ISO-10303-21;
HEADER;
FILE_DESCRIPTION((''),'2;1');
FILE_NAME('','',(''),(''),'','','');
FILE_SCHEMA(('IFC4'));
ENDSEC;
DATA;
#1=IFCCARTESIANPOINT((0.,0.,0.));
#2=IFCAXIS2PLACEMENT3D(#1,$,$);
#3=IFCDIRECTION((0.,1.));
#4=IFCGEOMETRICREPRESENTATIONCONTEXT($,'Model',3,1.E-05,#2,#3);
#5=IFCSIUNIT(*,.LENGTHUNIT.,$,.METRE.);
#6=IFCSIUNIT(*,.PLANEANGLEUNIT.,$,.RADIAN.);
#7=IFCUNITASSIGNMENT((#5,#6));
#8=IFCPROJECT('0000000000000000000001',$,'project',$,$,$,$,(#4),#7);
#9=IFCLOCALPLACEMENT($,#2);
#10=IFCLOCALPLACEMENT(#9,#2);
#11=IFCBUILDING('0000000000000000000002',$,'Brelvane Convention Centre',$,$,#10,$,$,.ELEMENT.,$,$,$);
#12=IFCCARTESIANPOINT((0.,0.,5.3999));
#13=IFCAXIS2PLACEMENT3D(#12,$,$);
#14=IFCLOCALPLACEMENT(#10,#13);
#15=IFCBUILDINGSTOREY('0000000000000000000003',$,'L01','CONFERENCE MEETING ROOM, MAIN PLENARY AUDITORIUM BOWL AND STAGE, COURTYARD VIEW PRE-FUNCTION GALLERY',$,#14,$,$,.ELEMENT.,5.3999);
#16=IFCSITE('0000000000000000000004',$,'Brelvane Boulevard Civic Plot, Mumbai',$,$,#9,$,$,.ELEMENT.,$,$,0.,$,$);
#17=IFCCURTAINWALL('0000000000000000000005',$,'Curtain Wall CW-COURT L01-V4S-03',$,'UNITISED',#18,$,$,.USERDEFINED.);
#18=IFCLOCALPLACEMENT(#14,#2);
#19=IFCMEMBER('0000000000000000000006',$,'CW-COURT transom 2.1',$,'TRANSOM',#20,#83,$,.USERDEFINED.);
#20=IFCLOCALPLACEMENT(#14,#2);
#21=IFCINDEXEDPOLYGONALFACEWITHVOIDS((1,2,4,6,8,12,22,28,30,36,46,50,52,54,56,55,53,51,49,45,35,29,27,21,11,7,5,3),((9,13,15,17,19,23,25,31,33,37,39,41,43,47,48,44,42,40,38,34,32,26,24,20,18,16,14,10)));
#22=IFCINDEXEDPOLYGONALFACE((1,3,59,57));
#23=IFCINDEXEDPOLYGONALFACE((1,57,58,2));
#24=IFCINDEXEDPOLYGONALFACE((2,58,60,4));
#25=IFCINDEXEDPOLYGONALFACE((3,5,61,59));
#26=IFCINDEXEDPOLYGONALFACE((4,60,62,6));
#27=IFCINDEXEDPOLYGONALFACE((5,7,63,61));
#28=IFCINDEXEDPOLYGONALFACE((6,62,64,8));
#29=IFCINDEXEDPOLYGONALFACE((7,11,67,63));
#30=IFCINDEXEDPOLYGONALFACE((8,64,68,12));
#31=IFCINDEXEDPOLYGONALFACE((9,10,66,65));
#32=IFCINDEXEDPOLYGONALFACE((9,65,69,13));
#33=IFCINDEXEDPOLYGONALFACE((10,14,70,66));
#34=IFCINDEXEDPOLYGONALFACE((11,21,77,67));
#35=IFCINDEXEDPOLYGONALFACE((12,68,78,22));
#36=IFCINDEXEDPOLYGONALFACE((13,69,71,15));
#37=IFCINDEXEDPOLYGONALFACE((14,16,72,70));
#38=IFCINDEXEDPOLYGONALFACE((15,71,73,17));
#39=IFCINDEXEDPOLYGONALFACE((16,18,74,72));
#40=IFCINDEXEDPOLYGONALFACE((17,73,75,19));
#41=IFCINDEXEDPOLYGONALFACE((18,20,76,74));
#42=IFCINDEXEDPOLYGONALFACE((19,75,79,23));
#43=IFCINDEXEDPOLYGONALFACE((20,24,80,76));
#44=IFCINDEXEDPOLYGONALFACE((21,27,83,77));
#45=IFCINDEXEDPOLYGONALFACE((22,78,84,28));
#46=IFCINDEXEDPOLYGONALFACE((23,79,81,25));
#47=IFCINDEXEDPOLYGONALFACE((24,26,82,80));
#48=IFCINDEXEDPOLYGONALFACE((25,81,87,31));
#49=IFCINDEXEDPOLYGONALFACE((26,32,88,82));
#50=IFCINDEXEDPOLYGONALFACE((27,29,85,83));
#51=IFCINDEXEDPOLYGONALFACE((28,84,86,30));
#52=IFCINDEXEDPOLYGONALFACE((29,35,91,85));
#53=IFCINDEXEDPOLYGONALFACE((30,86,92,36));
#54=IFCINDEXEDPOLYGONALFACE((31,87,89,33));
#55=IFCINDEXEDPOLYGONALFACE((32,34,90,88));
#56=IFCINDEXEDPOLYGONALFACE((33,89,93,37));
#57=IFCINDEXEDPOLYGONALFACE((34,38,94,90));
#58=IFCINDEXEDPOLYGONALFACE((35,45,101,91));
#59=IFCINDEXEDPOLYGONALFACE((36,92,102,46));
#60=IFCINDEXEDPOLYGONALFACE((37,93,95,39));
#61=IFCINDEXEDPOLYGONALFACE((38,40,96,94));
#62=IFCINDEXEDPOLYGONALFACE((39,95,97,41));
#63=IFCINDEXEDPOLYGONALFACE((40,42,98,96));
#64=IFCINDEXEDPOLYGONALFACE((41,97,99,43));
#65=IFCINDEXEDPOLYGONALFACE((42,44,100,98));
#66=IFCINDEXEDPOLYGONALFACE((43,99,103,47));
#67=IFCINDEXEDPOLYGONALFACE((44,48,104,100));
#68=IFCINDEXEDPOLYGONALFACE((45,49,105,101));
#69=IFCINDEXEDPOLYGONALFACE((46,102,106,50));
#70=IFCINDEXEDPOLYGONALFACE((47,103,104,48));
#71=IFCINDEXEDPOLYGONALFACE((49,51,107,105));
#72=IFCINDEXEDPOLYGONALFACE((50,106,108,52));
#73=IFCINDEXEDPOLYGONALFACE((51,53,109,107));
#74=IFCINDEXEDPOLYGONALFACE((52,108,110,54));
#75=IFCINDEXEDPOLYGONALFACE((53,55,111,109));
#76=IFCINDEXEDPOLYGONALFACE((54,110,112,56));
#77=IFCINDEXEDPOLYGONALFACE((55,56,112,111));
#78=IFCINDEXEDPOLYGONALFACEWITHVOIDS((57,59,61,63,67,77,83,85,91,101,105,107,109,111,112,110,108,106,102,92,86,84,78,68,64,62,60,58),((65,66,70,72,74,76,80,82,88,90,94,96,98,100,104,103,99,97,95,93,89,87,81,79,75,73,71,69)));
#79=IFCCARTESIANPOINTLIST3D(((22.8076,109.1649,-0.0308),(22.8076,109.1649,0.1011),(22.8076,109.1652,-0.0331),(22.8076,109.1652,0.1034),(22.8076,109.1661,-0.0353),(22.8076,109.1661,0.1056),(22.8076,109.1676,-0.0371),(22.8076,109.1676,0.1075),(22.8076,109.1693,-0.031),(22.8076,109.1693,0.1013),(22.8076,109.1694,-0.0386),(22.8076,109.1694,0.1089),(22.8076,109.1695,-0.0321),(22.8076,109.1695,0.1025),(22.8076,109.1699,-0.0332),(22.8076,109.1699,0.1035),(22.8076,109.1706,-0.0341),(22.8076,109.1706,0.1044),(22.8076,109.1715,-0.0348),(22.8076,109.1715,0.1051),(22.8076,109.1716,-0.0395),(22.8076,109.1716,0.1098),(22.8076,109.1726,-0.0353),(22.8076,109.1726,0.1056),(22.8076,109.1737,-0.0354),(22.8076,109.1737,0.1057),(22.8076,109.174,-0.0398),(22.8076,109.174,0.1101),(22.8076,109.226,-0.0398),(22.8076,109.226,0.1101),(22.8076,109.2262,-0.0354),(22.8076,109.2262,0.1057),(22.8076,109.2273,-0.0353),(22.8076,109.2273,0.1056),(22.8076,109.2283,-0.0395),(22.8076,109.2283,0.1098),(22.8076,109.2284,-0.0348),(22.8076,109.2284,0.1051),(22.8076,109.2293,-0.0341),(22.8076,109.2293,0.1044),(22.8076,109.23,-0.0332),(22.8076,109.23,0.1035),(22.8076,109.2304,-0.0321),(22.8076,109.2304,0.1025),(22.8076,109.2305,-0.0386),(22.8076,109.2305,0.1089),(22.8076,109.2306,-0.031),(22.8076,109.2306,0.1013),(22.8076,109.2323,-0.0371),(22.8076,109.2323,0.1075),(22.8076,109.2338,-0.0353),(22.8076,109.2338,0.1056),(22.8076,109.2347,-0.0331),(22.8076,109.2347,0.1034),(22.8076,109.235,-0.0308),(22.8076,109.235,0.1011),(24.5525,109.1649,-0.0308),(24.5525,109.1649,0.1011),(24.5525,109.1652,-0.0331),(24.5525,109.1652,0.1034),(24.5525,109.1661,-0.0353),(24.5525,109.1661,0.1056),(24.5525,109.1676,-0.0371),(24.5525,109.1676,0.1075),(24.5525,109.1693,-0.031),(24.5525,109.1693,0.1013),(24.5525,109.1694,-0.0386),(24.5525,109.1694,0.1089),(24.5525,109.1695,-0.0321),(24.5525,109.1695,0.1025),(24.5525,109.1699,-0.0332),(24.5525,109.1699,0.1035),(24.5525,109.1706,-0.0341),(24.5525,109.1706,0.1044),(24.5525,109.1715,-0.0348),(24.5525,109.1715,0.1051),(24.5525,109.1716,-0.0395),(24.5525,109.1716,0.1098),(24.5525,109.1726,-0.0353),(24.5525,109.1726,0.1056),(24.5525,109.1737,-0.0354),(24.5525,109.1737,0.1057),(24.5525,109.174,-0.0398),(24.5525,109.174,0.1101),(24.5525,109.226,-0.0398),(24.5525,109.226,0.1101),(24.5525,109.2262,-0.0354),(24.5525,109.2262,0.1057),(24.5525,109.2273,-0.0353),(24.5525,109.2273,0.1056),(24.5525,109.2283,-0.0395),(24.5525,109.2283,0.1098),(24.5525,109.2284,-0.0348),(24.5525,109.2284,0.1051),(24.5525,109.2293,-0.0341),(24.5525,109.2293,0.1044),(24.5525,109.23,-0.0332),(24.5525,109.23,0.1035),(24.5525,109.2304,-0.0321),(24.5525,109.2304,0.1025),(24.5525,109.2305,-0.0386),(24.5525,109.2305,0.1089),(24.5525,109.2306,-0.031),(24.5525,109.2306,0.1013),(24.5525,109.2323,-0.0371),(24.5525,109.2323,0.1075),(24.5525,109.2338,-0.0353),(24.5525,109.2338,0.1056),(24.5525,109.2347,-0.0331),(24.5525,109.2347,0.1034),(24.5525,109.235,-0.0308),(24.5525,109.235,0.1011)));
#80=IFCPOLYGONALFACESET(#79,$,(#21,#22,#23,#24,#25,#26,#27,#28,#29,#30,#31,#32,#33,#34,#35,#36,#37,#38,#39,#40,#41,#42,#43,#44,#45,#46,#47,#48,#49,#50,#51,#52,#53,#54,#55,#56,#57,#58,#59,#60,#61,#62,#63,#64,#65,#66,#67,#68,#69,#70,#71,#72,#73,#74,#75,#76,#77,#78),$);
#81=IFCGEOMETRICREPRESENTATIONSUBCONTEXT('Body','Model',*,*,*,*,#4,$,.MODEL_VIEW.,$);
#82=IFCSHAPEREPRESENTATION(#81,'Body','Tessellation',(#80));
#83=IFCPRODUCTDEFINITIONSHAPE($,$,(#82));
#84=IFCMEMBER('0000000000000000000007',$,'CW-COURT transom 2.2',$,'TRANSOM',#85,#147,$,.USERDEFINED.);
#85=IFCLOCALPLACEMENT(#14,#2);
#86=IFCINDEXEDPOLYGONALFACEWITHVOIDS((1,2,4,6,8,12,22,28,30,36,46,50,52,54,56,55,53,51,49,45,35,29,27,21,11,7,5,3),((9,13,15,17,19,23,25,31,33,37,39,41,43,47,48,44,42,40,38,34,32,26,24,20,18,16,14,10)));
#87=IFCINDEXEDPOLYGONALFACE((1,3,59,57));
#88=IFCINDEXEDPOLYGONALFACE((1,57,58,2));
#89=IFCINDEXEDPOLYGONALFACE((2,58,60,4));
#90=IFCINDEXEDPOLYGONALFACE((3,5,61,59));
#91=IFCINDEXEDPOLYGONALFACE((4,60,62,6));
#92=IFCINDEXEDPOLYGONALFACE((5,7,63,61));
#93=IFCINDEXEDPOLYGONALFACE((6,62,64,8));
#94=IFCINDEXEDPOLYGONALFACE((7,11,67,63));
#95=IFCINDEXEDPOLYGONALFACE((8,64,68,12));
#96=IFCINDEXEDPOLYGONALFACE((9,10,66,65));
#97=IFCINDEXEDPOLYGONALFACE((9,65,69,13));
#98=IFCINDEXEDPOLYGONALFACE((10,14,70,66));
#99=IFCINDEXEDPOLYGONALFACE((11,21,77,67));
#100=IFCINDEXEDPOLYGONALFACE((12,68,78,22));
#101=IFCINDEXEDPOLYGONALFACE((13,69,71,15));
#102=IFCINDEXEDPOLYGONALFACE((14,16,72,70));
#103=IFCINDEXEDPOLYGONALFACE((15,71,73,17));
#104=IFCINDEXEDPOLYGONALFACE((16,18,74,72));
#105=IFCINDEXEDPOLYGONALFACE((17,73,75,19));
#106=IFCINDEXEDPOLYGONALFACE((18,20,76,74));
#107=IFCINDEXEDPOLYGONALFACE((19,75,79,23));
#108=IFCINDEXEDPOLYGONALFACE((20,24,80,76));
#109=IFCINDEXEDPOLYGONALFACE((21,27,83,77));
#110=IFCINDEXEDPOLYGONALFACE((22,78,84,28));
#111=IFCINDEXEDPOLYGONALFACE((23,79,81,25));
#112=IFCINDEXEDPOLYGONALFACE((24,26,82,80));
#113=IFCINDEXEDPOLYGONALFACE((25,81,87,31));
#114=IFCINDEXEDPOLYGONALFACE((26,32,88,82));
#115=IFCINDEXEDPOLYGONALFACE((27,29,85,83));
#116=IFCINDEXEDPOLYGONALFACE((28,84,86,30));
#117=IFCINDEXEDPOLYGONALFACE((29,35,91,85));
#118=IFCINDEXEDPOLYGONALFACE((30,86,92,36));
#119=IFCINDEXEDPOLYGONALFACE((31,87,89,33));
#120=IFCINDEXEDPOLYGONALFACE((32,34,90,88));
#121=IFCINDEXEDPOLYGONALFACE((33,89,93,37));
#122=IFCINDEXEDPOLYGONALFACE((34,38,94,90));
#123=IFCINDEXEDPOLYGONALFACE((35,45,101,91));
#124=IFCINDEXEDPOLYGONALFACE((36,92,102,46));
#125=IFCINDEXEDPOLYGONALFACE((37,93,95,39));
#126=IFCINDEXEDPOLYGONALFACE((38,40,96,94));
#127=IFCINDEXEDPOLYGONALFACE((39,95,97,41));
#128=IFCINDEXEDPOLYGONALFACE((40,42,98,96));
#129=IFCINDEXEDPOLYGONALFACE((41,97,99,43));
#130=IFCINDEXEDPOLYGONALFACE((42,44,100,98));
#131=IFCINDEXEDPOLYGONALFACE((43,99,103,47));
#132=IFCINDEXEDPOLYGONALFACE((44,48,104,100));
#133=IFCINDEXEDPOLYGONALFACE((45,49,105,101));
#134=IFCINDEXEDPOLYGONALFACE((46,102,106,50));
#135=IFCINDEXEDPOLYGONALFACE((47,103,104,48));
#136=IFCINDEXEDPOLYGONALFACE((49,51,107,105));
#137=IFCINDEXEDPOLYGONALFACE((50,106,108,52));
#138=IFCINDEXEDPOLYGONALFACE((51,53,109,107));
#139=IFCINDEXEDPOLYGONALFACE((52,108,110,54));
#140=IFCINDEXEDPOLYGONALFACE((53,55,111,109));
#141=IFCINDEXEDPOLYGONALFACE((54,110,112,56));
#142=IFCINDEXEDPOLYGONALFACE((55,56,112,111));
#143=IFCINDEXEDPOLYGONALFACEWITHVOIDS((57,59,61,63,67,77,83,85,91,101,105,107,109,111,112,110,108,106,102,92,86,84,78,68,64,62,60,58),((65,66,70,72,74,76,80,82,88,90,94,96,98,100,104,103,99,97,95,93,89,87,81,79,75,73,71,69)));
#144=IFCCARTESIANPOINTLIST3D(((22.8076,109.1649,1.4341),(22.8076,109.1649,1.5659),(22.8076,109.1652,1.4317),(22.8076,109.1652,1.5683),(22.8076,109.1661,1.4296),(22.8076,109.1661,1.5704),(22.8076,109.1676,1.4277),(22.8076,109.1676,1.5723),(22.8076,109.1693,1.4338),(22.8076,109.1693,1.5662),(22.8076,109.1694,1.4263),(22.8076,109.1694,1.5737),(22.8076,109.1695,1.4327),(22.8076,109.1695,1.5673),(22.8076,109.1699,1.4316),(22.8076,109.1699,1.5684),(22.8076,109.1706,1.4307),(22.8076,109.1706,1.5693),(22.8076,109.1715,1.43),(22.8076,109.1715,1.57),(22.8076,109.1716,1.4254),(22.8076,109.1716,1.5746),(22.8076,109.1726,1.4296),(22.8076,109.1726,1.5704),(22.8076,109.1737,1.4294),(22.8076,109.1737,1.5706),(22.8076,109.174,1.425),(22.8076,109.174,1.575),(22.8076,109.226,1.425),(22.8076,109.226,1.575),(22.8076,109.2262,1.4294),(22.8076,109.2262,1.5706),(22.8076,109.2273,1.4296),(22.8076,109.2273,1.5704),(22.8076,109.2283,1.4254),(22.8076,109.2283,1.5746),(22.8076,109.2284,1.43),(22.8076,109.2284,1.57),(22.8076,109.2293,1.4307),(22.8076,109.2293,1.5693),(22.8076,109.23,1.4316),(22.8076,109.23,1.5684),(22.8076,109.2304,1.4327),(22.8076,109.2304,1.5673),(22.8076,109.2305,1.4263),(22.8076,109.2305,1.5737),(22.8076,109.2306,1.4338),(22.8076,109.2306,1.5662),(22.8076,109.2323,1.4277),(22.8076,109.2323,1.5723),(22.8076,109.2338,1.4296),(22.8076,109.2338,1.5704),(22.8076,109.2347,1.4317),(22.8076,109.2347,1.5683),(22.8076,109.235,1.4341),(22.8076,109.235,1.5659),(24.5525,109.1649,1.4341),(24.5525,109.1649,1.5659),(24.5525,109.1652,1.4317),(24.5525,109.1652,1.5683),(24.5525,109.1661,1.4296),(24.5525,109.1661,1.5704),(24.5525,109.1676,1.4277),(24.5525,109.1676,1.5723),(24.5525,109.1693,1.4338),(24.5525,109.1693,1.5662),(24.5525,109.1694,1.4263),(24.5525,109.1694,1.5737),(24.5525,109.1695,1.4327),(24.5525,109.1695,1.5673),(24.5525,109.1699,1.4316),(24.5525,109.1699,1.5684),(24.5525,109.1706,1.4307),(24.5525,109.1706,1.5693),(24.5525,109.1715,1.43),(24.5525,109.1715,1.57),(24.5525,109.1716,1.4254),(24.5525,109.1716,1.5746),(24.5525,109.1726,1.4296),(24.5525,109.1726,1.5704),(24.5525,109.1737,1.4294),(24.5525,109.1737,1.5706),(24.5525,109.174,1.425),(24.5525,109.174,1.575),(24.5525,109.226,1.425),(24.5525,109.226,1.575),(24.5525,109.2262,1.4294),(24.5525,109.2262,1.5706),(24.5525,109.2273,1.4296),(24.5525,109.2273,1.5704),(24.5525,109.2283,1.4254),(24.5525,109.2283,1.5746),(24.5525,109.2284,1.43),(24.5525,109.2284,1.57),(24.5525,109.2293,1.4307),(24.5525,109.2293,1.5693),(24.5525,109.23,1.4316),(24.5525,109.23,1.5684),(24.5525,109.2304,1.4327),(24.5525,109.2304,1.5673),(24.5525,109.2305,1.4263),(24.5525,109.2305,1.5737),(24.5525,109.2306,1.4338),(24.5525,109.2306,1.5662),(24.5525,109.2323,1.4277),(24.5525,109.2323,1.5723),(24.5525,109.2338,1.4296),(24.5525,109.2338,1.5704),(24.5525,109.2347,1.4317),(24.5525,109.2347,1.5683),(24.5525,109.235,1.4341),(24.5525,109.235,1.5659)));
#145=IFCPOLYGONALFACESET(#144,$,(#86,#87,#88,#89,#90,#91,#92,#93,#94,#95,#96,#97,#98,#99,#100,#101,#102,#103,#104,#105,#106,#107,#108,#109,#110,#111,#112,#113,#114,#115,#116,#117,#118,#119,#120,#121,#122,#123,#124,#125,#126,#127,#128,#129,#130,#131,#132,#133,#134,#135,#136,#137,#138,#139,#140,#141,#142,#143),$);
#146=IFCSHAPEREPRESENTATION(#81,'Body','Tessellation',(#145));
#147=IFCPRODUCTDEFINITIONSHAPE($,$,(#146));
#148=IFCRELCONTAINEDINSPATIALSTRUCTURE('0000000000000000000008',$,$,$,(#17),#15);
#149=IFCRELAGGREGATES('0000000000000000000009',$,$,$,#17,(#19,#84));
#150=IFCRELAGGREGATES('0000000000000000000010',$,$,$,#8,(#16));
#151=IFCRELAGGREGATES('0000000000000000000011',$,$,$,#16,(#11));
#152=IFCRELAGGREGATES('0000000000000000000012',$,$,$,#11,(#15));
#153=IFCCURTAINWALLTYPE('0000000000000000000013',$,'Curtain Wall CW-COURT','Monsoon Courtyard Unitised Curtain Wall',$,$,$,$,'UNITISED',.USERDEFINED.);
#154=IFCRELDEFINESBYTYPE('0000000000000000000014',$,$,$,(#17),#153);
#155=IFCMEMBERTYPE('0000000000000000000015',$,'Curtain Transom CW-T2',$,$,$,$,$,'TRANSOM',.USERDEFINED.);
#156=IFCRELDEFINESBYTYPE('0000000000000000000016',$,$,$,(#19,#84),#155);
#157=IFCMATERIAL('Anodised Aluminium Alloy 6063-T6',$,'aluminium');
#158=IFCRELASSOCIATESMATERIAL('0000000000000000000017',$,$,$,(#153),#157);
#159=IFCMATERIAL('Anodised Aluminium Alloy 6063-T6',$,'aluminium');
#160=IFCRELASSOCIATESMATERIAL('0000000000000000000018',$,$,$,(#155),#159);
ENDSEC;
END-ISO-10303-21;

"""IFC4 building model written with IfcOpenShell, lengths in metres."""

from ifc_helpers import new_model, si_unit, direction, frame, origin, origin_2d, place, context, subcontext, project, spatial, hollow_rectangle, extrude, material, material_profile, profile_set, type_object, element, aggregate, save


model = new_model("IFC4")

# Units and contexts
model_context = context("Model", 3, precision=1e-05, world=origin(), true_north=direction((0.0, 1.0)))
body_context = subcontext(model_context, "Body", "Model", "MODEL_VIEW")
ifc_project = project(units=[si_unit("LENGTHUNIT", "METRE"), si_unit("PLANEANGLEUNIT", "RADIAN")], contexts=[model_context])

# Site, building, storey
site_placement = place(None, origin())
site = spatial("IfcSite", under=ifc_project, at=site_placement, Name="Brelvane Boulevard Civic Plot, Mumbai", CompositionType="ELEMENT", RefElevation=0.0)
building_placement = place(site_placement, origin())
building = spatial("IfcBuilding", under=site, at=building_placement, Name="Brelvane Convention Centre", CompositionType="ELEMENT")
storey_placement = place(building_placement, frame((0.0, 0.0, 5.3999)))
storey = spatial("IfcBuildingStorey", under=building, at=storey_placement, Name="L01", Description="CONFERENCE MEETING ROOM, MAIN PLENARY AUDITORIUM BOWL AND STAGE, COURTYARD VIEW PRE-FUNCTION GALLERY", CompositionType="ELEMENT", Elevation=5.3999)

# Curtain wall, members
ifc_material_1 = material(Name="Anodised Aluminium Alloy 6063-T6", Category="aluminium")
curtain_wall_type = type_object("IfcCurtainWallType", Name="Curtain Wall CW-COURT", Description="Monsoon Courtyard Unitised Curtain Wall", ElementType="UNITISED", PredefinedType="USERDEFINED", material=ifc_material_1)
curtain_wall_placement = place(storey_placement, origin())
curtain_wall = element("IfcCurtainWall", 1, at=curtain_wall_placement, inside=storey, type_object=curtain_wall_type, Name="Curtain Wall CW-COURT L01-V4S-03", ObjectType="UNITISED", PredefinedType="USERDEFINED")
ifc_material_2 = material(Name="Anodised Aluminium Alloy 6063-T6", Category="aluminium")
ifc_material_profile_1 = material_profile(ifc_material_2, hollow_rectangle(XDim=0.0701, YDim=0.1499, WallThickness=0.0044, InnerFilletRadius=0.0044, OuterFilletRadius=0.009, at=origin_2d()), Name="ALU-T 150x70x4.5")
ifc_profile_set_1 = profile_set([ifc_material_profile_1], Name="Anodised Aluminium Alloy 6063-T6")
member_type_1 = type_object("IfcMemberType", Name="Curtain Transom CW-T2", ElementType="TRANSOM", PredefinedType="USERDEFINED", material=ifc_profile_set_1)
member_1_placement = place(storey_placement, frame((22.8076, 109.2, 0.0352), z_axis=(1.0, 0.0, 0.0), x_axis=(0.0, 1.0, 0.0)))
member_1 = element("IfcMember", 2, at=member_1_placement, type_object=member_type_1, Name="CW-COURT transom 2.1", ObjectType="TRANSOM", PredefinedType="USERDEFINED", context=body_context, shape_type="SweptSolid", body=[
    extrude(hollow_rectangle(XDim=0.0701, YDim=0.1499, WallThickness=0.0044, InnerFilletRadius=0.0044, OuterFilletRadius=0.009, at=origin_2d()), origin(), (0.0, 0.0, 1.0), 1.7449),
])
member_2_placement = place(storey_placement, frame((22.8076, 109.2, 1.5), z_axis=(1.0, 0.0, 0.0), x_axis=(0.0, 1.0, 0.0)))
member_2 = element("IfcMember", 3, at=member_2_placement, type_object=member_type_1, Name="CW-COURT transom 2.2", ObjectType="TRANSOM", PredefinedType="USERDEFINED", context=body_context, shape_type="SweptSolid", body=[
    extrude(hollow_rectangle(XDim=0.0701, YDim=0.1499, WallThickness=0.0044, InnerFilletRadius=0.0044, OuterFilletRadius=0.009, at=origin_2d()), origin(), (0.0, 0.0, 1.0), 1.7449),
])

aggregate(curtain_wall, [member_1, member_2])

save(model, "model.ifc")
